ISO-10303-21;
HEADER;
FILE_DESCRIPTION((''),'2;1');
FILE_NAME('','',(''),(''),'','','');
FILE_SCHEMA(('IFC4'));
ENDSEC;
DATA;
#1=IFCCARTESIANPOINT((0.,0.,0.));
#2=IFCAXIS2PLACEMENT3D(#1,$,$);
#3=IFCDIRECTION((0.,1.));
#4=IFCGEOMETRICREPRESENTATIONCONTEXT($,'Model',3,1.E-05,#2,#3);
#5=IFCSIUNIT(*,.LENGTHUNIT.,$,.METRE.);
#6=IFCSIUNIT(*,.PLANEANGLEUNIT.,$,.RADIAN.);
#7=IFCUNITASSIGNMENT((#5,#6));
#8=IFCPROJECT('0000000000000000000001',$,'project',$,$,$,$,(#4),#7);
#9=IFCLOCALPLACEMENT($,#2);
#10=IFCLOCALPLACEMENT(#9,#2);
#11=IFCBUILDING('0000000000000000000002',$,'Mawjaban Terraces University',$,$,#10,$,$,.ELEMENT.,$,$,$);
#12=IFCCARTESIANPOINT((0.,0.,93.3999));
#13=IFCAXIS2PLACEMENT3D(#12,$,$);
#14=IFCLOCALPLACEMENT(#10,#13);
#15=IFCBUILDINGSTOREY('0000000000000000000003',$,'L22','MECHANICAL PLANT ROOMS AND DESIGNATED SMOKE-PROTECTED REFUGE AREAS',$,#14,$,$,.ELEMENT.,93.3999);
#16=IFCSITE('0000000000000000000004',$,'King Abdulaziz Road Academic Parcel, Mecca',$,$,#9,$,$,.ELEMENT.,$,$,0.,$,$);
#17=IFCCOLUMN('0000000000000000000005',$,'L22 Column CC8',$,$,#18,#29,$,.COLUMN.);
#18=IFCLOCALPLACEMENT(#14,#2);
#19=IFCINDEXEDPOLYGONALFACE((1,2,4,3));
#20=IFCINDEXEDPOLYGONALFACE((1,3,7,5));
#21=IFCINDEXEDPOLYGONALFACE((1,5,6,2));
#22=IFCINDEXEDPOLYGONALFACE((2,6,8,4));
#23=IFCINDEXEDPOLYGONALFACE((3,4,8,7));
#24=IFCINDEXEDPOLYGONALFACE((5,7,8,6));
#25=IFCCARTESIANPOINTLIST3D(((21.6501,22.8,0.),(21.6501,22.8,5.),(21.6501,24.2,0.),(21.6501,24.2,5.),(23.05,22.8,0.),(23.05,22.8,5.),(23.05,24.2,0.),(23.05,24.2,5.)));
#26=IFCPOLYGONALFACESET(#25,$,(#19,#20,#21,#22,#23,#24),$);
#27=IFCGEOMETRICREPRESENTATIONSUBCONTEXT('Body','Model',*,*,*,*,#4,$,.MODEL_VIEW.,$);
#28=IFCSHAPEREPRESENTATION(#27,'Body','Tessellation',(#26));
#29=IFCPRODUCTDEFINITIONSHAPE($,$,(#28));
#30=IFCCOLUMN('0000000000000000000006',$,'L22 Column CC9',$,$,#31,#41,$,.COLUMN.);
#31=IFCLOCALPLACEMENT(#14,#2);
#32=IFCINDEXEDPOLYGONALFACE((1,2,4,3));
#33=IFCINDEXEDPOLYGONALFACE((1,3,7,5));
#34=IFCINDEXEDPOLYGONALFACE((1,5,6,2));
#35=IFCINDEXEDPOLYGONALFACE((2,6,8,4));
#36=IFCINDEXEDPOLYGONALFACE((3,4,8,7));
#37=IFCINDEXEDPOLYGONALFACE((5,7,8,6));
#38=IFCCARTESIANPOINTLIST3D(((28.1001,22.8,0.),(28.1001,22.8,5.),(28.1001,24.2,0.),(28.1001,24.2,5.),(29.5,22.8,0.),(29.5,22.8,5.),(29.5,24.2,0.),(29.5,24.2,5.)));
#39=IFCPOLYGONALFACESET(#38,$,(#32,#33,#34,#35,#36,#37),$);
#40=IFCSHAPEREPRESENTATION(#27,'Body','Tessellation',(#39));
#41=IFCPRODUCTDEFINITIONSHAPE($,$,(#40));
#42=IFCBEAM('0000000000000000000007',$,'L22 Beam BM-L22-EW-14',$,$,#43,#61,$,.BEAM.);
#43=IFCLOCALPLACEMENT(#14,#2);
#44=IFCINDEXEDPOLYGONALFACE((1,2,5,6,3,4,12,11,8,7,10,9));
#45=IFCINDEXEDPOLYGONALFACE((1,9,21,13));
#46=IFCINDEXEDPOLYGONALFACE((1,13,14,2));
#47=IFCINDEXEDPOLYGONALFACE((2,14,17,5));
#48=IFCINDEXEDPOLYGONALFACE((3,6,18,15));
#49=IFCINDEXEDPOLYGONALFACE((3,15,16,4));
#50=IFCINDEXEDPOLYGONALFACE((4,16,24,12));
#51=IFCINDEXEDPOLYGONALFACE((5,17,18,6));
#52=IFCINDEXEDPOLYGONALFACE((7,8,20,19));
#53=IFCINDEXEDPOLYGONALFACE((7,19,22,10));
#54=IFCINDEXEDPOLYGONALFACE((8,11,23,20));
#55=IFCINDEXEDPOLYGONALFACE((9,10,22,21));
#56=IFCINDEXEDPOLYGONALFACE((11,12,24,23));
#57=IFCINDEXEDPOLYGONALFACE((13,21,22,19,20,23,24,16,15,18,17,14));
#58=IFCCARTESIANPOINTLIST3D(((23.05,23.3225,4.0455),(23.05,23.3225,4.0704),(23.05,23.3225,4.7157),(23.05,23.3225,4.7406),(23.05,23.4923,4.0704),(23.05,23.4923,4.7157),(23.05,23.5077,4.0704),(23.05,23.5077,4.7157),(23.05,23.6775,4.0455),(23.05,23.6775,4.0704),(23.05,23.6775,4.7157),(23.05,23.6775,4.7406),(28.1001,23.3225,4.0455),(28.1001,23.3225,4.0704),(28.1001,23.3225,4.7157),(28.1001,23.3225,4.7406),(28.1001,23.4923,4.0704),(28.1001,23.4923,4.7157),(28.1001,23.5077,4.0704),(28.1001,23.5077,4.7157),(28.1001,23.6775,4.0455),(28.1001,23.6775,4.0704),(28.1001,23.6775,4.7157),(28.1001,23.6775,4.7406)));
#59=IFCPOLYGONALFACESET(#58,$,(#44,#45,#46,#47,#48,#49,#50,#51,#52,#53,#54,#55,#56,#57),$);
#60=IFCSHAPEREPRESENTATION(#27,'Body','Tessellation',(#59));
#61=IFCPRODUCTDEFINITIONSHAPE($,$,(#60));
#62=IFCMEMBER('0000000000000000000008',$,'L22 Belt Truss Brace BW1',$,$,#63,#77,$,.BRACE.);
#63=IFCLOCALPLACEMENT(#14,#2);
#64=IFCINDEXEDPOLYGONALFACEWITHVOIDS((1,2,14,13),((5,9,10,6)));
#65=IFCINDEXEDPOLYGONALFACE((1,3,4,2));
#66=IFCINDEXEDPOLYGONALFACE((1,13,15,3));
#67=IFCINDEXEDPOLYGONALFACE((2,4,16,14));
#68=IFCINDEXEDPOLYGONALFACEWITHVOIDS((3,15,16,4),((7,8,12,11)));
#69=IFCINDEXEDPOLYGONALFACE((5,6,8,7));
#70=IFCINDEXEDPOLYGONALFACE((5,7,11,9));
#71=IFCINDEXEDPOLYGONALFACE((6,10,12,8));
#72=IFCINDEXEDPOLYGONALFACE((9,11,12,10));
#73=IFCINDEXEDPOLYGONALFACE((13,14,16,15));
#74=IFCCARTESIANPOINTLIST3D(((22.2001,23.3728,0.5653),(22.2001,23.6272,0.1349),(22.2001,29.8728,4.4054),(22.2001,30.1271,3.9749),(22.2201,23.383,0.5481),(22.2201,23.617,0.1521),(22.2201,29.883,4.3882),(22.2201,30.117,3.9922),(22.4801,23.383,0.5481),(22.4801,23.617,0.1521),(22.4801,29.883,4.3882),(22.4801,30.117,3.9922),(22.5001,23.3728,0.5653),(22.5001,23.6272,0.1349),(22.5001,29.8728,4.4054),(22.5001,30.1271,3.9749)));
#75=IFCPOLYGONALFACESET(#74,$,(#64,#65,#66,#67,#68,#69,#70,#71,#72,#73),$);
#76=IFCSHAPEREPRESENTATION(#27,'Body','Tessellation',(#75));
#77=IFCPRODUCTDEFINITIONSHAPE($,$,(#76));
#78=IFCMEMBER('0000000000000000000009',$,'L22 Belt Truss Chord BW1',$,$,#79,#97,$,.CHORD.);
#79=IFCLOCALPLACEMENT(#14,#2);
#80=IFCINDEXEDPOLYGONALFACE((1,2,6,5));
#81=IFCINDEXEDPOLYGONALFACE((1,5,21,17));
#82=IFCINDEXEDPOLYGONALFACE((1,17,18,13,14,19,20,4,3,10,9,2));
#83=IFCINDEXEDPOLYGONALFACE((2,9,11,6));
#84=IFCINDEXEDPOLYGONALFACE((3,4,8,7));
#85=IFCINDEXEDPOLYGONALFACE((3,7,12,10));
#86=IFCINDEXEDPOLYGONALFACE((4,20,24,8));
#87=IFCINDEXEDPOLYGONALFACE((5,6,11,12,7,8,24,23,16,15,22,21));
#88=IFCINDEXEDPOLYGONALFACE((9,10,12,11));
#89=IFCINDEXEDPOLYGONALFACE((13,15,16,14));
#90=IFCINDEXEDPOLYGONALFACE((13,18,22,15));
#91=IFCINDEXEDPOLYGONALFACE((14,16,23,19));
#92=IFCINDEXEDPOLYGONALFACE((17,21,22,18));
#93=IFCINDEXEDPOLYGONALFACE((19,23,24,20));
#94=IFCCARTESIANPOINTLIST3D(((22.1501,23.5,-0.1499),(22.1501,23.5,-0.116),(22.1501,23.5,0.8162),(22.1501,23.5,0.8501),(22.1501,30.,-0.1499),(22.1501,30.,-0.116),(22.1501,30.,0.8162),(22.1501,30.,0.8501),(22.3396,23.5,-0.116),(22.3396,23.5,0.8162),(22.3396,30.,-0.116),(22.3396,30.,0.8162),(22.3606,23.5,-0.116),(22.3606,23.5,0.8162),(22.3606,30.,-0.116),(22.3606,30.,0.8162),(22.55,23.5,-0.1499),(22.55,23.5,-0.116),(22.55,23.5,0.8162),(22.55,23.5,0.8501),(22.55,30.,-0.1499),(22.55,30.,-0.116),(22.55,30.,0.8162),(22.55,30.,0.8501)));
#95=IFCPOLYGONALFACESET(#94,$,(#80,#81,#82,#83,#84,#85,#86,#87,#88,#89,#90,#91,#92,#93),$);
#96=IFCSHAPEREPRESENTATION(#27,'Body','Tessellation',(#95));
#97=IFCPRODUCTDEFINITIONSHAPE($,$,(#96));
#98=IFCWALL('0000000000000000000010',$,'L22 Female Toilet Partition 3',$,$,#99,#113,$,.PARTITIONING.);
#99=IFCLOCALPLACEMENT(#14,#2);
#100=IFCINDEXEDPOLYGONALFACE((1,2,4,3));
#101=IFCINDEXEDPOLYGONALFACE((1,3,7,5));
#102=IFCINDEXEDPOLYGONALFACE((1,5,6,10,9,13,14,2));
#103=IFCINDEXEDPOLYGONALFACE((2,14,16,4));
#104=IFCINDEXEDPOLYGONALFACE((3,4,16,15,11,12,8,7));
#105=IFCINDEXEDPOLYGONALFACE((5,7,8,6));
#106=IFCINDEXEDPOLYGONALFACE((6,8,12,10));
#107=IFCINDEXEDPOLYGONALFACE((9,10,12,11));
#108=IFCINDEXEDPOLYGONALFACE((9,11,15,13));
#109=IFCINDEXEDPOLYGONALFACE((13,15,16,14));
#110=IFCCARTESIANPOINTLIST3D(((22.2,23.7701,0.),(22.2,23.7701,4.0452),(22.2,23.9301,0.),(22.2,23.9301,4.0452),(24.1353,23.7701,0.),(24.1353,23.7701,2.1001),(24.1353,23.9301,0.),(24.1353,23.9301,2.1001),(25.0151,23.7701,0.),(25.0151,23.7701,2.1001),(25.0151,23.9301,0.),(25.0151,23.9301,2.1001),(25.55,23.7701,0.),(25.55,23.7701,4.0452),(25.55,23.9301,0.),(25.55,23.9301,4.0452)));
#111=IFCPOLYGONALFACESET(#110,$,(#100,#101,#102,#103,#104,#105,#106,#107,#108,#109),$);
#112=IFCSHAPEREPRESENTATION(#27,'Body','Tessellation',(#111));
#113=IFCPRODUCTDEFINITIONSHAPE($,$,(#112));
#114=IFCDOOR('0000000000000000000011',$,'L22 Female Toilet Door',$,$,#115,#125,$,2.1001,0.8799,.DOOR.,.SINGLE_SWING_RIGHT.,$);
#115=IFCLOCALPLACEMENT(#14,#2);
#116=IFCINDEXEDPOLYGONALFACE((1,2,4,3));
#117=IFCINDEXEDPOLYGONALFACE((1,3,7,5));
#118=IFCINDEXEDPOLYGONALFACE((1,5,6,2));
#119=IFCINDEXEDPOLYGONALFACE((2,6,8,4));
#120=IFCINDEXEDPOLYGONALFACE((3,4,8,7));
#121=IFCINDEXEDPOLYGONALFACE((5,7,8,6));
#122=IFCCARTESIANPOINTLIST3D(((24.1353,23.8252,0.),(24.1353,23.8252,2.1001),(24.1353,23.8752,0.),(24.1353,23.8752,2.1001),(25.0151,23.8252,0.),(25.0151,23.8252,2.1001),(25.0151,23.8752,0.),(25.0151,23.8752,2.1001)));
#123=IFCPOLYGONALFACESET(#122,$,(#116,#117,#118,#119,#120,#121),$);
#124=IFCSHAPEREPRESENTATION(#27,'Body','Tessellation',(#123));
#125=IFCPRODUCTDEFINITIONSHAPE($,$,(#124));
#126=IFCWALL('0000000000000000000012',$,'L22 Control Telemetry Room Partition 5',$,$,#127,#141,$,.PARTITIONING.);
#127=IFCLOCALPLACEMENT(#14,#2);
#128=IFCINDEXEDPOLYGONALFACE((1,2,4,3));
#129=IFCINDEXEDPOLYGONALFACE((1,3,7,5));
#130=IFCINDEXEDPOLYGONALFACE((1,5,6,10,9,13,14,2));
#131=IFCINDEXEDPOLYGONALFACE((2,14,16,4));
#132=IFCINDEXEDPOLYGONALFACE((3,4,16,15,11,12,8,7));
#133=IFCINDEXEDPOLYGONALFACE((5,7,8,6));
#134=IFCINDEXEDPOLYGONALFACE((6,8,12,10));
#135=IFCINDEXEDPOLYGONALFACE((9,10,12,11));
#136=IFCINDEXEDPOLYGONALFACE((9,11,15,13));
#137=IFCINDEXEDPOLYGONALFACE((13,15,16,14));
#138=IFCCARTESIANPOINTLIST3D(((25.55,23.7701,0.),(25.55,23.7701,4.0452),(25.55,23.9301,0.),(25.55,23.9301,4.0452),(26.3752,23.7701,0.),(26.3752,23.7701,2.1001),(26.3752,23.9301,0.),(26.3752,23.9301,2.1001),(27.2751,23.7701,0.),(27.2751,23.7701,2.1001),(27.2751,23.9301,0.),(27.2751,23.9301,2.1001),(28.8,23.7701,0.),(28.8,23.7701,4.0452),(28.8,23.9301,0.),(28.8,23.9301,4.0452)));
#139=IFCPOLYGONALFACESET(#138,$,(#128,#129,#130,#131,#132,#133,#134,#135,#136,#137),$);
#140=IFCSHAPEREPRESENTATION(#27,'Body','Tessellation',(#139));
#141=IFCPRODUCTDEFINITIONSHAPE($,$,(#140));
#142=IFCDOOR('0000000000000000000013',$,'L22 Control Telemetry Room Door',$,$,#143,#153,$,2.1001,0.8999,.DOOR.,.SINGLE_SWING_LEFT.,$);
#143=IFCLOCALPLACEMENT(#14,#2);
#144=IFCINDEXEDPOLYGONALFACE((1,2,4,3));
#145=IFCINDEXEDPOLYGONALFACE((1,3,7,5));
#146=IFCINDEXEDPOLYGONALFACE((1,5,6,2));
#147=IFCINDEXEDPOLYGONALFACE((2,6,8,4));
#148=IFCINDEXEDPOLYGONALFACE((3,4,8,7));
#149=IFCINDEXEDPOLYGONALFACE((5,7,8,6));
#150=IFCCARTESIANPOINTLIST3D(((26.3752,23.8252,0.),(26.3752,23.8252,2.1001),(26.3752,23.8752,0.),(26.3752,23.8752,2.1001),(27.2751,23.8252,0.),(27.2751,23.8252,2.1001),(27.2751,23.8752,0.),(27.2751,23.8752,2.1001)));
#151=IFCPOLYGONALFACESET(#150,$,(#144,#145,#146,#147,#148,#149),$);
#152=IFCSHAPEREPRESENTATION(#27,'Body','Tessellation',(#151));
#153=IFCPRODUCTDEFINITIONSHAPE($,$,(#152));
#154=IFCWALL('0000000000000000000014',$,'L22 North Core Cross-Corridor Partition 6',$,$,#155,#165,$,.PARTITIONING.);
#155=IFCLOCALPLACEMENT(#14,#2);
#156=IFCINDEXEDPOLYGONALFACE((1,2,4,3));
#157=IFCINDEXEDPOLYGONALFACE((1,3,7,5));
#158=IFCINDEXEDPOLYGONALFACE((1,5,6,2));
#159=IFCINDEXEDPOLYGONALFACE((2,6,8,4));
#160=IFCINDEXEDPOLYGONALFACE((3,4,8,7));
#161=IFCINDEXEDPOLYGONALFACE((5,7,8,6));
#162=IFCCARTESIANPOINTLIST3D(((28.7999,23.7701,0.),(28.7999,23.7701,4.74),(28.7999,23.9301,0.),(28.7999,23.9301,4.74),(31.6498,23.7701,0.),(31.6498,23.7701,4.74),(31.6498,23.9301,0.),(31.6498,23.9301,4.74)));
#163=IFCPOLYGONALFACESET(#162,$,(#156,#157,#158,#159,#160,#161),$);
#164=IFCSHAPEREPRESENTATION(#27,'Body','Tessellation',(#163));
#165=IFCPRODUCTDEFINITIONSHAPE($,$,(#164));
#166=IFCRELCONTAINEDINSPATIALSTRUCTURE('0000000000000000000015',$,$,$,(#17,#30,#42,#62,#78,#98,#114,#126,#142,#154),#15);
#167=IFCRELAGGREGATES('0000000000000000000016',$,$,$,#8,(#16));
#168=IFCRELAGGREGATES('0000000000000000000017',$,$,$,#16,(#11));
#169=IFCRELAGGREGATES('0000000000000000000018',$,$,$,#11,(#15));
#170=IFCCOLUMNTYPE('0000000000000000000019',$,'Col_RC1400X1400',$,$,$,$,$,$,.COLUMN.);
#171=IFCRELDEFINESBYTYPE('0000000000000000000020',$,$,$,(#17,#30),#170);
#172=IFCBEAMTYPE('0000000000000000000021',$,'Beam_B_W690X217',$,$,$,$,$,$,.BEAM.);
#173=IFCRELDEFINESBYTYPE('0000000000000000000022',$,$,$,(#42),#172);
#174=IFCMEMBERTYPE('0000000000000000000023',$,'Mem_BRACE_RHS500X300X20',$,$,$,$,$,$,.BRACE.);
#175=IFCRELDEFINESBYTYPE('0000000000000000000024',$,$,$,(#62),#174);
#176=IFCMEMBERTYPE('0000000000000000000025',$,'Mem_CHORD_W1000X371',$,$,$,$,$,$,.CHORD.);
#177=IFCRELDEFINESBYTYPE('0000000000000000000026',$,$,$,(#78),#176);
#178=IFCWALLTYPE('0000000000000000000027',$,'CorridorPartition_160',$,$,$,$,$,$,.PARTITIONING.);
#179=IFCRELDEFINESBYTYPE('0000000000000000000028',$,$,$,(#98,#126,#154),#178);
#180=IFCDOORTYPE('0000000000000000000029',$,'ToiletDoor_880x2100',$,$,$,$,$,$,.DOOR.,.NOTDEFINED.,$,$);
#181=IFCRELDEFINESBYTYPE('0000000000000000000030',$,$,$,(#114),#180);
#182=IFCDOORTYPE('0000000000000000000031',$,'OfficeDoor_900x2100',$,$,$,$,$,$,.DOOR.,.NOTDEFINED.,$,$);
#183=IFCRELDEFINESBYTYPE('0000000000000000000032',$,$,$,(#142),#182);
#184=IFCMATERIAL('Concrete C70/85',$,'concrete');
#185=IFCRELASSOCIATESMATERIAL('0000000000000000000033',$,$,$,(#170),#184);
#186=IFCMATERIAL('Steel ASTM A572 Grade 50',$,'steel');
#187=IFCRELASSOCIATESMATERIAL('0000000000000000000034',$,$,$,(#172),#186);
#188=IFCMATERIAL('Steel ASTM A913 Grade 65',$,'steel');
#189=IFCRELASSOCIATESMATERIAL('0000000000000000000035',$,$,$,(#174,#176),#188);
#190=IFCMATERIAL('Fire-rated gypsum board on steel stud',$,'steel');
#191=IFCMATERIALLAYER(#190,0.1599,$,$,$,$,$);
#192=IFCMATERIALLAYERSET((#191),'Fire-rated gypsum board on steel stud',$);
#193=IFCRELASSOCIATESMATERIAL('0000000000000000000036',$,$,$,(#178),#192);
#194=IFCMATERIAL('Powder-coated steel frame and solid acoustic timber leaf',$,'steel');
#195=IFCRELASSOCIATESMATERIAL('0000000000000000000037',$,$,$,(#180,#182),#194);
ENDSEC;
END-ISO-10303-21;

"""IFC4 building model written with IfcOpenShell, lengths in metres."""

from ifc_helpers import new_model, si_unit, direction, frame, frame_2d, origin, origin_2d, place, context, subcontext, project, spatial, rectangle, hollow_rectangle, i_section, extrude, material, layer, layer_set, material_profile, profile_set, type_object, element, fill, save


model = new_model("IFC4")

# Units and contexts
model_context = context("Model", 3, precision=1e-05, world=origin(), true_north=direction((0.0, 1.0)))
body_context = subcontext(model_context, "Body", "Model", "MODEL_VIEW")
ifc_project = project(units=[si_unit("LENGTHUNIT", "METRE"), si_unit("PLANEANGLEUNIT", "RADIAN")], contexts=[model_context])

# Site, building, storey
site_placement = place(None, origin())
site = spatial("IfcSite", under=ifc_project, at=site_placement, Name="King Abdulaziz Road Academic Parcel, Mecca", CompositionType="ELEMENT", RefElevation=0.0)
building_placement = place(site_placement, origin())
building = spatial("IfcBuilding", under=site, at=building_placement, Name="Mawjaban Terraces University", CompositionType="ELEMENT")
storey_placement = place(building_placement, frame((0.0, 0.0, 93.3999)))
storey = spatial("IfcBuildingStorey", under=building, at=storey_placement, Name="L22", Description="MECHANICAL PLANT ROOMS AND DESIGNATED SMOKE-PROTECTED REFUGE AREAS", CompositionType="ELEMENT", Elevation=93.3999)

# Columns
ifc_material_1 = material(Name="Concrete C70/85", Category="concrete")
ifc_material_profile_1 = material_profile(ifc_material_1, rectangle(XDim=1.3999, YDim=1.3999, at=origin_2d()), Name="RC1400X1400")
ifc_profile_set_1 = profile_set([ifc_material_profile_1], Name="Concrete C70/85")
column_type = type_object("IfcColumnType", Name="Col_RC1400X1400", PredefinedType="COLUMN", material=ifc_profile_set_1)
for number, where, z_axis, x_axis, name in (
    (1, (22.3501, 23.5, 0.0), (0.0, 0.0, 1.0), (1.0, 0.0, 0.0), "L22 Column CC8"),
    (2, (28.8, 23.5, 0.0), (0.0, 0.0, 1.0), (1.0, 0.0, 0.0), "L22 Column CC9"),
):
    element("IfcColumn", number, at=place(storey_placement, frame(where, z_axis=z_axis, x_axis=x_axis)), inside=storey, type_object=column_type, Name=name, PredefinedType="COLUMN", context=body_context, shape_type="SweptSolid", body=[
        extrude(rectangle(XDim=1.3999, YDim=1.3999, at=origin_2d()), origin(), (0.0, 0.0, 1.0), 5.0),
    ])

# Beam
ifc_material_2 = material(Name="Steel ASTM A572 Grade 50", Category="steel")
ifc_material_profile_2 = material_profile(ifc_material_2, i_section(OverallWidth=0.355, OverallDepth=0.6951, WebThickness=0.0154, FlangeThickness=0.0249, at=origin_2d()), Name="W690X217")
ifc_profile_set_2 = profile_set([ifc_material_profile_2], Name="Steel ASTM A572 Grade 50")
beam_type = type_object("IfcBeamType", Name="Beam_B_W690X217", PredefinedType="BEAM", material=ifc_profile_set_2)
beam_placement = place(storey_placement, frame((23.05, 23.5, 4.3931), z_axis=(1.0, 0.0, 0.0), x_axis=(0.0, 1.0, 0.0)))
element("IfcBeam", 3, at=beam_placement, inside=storey, type_object=beam_type, Name="L22 Beam BM-L22-EW-14", PredefinedType="BEAM", context=body_context, shape_type="SweptSolid", body=[
    extrude(i_section(OverallWidth=0.355, OverallDepth=0.6951, WebThickness=0.0154, FlangeThickness=0.0249, at=origin_2d()), origin(), (0.0, 0.0, 1.0), 5.05),
])

# Members
ifc_material_3 = material(Name="Steel ASTM A913 Grade 65", Category="steel")
ifc_material_profile_3 = material_profile(ifc_material_3, hollow_rectangle(XDim=0.3, YDim=0.5, WallThickness=0.02, at=origin_2d()), Name="RHS500X300X20")
ifc_profile_set_3 = profile_set([ifc_material_profile_3], Name="Steel ASTM A913 Grade 65")
member_type_1 = type_object("IfcMemberType", Name="Mem_BRACE_RHS500X300X20", PredefinedType="BRACE", material=ifc_profile_set_3)
member_1_placement = place(storey_placement, frame((22.3501, 23.5, 0.3501), z_axis=(0.0, 0.860974, 0.508649), x_axis=(-1.0, 0.0, 0.0)))
element("IfcMember", 4, at=member_1_placement, inside=storey, type_object=member_type_1, Name="L22 Belt Truss Brace BW1", PredefinedType="BRACE", context=body_context, shape_type="SweptSolid", body=[
    extrude(hollow_rectangle(XDim=0.3, YDim=0.5, WallThickness=0.02, at=origin_2d()), origin(), (0.0, 0.0, 1.0), 7.5496),
])
ifc_material_profile_4 = material_profile(ifc_material_3, i_section(OverallWidth=0.3999, OverallDepth=1.0, WebThickness=0.021, FlangeThickness=0.0339, at=origin_2d()), Name="W1000X371")
ifc_profile_set_4 = profile_set([ifc_material_profile_4], Name="Steel ASTM A913 Grade 65")
member_type_2 = type_object("IfcMemberType", Name="Mem_CHORD_W1000X371", PredefinedType="CHORD", material=ifc_profile_set_4)
member_2_placement = place(storey_placement, frame((22.3501, 23.5, 0.3501), z_axis=(0.0, 1.0, 0.0), x_axis=(-1.0, 0.0, 0.0)))
element("IfcMember", 5, at=member_2_placement, inside=storey, type_object=member_type_2, Name="L22 Belt Truss Chord BW1", PredefinedType="CHORD", context=body_context, shape_type="SweptSolid", body=[
    extrude(i_section(OverallWidth=0.3999, OverallDepth=1.0, WebThickness=0.021, FlangeThickness=0.0339, at=origin_2d()), origin(), (0.0, 0.0, 1.0), 6.5),
])

# Walls, openings, doors
ifc_material_4 = material(Name="Fire-rated gypsum board on steel stud", Category="steel")
ifc_layer_1 = layer(ifc_material_4, 0.1599)
ifc_layer_set_1 = layer_set([ifc_layer_1], Name="Fire-rated gypsum board on steel stud")
wall_type_1 = type_object("IfcWallType", Name="CorridorPartition_160", PredefinedType="PARTITIONING", material=ifc_layer_set_1)
wall_1_placement = place(storey_placement, frame((25.55, 23.8501, 0.0), z_axis=(0.0, 0.0, 1.0), x_axis=(-1.0, 0.0, 0.0)))
wall_1 = element("IfcWall", 6, at=wall_1_placement, inside=storey, type_object=wall_type_1, Name="L22 Female Toilet Partition 3", PredefinedType="PARTITIONING", context=body_context, shape_type="SweptSolid", body=[
    extrude(rectangle(XDim=3.3501, YDim=0.1599, at=frame_2d((1.675, 0.0))), origin(), (0.0, 0.0, 1.0), 4.0452),
])
opening_1_placement = place(wall_1_placement, frame((0.5349, 0.0, 0.0)))
opening_1 = element("IfcOpeningElement", 7, at=opening_1_placement, cuts=wall_1, PredefinedType="OPENING", context=body_context, shape_type="SweptSolid", body=[
    extrude(rectangle(XDim=0.8799, YDim=2.1001, at=frame_2d((0.4399, 1.05))), frame((0.0, 0.0898, 0.0), z_axis=(0.0, -1.0, 0.0), x_axis=(1.0, 0.0, 0.0)), (0.0, 0.0, 1.0), 0.1799),
])
ifc_material_5 = material(Name="Powder-coated steel frame and solid acoustic timber leaf", Category="steel")
door_type_1 = type_object("IfcDoorType", Name="ToiletDoor_880x2100", OperationType="NOTDEFINED", PredefinedType="DOOR", material=ifc_material_5)
door_1_placement = place(opening_1_placement, origin())
door_1 = element("IfcDoor", 8, at=door_1_placement, inside=storey, type_object=door_type_1, Name="L22 Female Toilet Door", OperationType="SINGLE_SWING_RIGHT", OverallHeight=2.1001, OverallWidth=0.8799, PredefinedType="DOOR", context=body_context, shape_type="SweptSolid", body=[
    extrude(rectangle(XDim=0.8799, YDim=2.1001, at=frame_2d((0.4399, 1.05))), frame((0.0, 0.0249, 0.0), z_axis=(0.0, -1.0, 0.0), x_axis=(1.0, 0.0, 0.0)), (0.0, 0.0, 1.0), 0.05),
])
fill(opening_1, door_1)
wall_2_placement = place(storey_placement, frame((28.8, 23.8501, 0.0), z_axis=(0.0, 0.0, 1.0), x_axis=(-1.0, 0.0, 0.0)))
wall_2 = element("IfcWall", 9, at=wall_2_placement, inside=storey, type_object=wall_type_1, Name="L22 Control Telemetry Room Partition 5", PredefinedType="PARTITIONING", context=body_context, shape_type="SweptSolid", body=[
    extrude(rectangle(XDim=3.25, YDim=0.1599, at=frame_2d((1.625, 0.0))), origin(), (0.0, 0.0, 1.0), 4.0452),
])
opening_2_placement = place(wall_2_placement, frame((1.5249, 0.0, 0.0)))
opening_2 = element("IfcOpeningElement", 10, at=opening_2_placement, cuts=wall_2, PredefinedType="OPENING", context=body_context, shape_type="SweptSolid", body=[
    extrude(rectangle(XDim=0.8999, YDim=2.1001, at=frame_2d((0.45, 1.05))), frame((0.0, 0.0898, 0.0), z_axis=(0.0, -1.0, 0.0), x_axis=(1.0, 0.0, 0.0)), (0.0, 0.0, 1.0), 0.1799),
])
door_type_2 = type_object("IfcDoorType", Name="OfficeDoor_900x2100", OperationType="NOTDEFINED", PredefinedType="DOOR", material=ifc_material_5)
door_2_placement = place(opening_2_placement, origin())
door_2 = element("IfcDoor", 11, at=door_2_placement, inside=storey, type_object=door_type_2, Name="L22 Control Telemetry Room Door", OperationType="SINGLE_SWING_LEFT", OverallHeight=2.1001, OverallWidth=0.8999, PredefinedType="DOOR", context=body_context, shape_type="SweptSolid", body=[
    extrude(rectangle(XDim=0.8999, YDim=2.1001, at=frame_2d((0.45, 1.05))), frame((0.0, 0.0249, 0.0), z_axis=(0.0, -1.0, 0.0), x_axis=(1.0, 0.0, 0.0)), (0.0, 0.0, 1.0), 0.05),
])
fill(opening_2, door_2)

# Wall
wall_3_placement = place(storey_placement, frame((28.8, 23.8501, 0.0), z_axis=(0.0, 0.0, 1.0), x_axis=(1.0, 0.0, 0.0)))
element("IfcWall", 12, at=wall_3_placement, inside=storey, type_object=wall_type_1, Name="L22 North Core Cross-Corridor Partition 6", PredefinedType="PARTITIONING", context=body_context, shape_type="SweptSolid", body=[
    extrude(rectangle(XDim=2.8499, YDim=0.1599, at=frame_2d((1.4248, 0.0))), origin(), (0.0, 0.0, 1.0), 4.74),
])

save(model, "model.ifc")
